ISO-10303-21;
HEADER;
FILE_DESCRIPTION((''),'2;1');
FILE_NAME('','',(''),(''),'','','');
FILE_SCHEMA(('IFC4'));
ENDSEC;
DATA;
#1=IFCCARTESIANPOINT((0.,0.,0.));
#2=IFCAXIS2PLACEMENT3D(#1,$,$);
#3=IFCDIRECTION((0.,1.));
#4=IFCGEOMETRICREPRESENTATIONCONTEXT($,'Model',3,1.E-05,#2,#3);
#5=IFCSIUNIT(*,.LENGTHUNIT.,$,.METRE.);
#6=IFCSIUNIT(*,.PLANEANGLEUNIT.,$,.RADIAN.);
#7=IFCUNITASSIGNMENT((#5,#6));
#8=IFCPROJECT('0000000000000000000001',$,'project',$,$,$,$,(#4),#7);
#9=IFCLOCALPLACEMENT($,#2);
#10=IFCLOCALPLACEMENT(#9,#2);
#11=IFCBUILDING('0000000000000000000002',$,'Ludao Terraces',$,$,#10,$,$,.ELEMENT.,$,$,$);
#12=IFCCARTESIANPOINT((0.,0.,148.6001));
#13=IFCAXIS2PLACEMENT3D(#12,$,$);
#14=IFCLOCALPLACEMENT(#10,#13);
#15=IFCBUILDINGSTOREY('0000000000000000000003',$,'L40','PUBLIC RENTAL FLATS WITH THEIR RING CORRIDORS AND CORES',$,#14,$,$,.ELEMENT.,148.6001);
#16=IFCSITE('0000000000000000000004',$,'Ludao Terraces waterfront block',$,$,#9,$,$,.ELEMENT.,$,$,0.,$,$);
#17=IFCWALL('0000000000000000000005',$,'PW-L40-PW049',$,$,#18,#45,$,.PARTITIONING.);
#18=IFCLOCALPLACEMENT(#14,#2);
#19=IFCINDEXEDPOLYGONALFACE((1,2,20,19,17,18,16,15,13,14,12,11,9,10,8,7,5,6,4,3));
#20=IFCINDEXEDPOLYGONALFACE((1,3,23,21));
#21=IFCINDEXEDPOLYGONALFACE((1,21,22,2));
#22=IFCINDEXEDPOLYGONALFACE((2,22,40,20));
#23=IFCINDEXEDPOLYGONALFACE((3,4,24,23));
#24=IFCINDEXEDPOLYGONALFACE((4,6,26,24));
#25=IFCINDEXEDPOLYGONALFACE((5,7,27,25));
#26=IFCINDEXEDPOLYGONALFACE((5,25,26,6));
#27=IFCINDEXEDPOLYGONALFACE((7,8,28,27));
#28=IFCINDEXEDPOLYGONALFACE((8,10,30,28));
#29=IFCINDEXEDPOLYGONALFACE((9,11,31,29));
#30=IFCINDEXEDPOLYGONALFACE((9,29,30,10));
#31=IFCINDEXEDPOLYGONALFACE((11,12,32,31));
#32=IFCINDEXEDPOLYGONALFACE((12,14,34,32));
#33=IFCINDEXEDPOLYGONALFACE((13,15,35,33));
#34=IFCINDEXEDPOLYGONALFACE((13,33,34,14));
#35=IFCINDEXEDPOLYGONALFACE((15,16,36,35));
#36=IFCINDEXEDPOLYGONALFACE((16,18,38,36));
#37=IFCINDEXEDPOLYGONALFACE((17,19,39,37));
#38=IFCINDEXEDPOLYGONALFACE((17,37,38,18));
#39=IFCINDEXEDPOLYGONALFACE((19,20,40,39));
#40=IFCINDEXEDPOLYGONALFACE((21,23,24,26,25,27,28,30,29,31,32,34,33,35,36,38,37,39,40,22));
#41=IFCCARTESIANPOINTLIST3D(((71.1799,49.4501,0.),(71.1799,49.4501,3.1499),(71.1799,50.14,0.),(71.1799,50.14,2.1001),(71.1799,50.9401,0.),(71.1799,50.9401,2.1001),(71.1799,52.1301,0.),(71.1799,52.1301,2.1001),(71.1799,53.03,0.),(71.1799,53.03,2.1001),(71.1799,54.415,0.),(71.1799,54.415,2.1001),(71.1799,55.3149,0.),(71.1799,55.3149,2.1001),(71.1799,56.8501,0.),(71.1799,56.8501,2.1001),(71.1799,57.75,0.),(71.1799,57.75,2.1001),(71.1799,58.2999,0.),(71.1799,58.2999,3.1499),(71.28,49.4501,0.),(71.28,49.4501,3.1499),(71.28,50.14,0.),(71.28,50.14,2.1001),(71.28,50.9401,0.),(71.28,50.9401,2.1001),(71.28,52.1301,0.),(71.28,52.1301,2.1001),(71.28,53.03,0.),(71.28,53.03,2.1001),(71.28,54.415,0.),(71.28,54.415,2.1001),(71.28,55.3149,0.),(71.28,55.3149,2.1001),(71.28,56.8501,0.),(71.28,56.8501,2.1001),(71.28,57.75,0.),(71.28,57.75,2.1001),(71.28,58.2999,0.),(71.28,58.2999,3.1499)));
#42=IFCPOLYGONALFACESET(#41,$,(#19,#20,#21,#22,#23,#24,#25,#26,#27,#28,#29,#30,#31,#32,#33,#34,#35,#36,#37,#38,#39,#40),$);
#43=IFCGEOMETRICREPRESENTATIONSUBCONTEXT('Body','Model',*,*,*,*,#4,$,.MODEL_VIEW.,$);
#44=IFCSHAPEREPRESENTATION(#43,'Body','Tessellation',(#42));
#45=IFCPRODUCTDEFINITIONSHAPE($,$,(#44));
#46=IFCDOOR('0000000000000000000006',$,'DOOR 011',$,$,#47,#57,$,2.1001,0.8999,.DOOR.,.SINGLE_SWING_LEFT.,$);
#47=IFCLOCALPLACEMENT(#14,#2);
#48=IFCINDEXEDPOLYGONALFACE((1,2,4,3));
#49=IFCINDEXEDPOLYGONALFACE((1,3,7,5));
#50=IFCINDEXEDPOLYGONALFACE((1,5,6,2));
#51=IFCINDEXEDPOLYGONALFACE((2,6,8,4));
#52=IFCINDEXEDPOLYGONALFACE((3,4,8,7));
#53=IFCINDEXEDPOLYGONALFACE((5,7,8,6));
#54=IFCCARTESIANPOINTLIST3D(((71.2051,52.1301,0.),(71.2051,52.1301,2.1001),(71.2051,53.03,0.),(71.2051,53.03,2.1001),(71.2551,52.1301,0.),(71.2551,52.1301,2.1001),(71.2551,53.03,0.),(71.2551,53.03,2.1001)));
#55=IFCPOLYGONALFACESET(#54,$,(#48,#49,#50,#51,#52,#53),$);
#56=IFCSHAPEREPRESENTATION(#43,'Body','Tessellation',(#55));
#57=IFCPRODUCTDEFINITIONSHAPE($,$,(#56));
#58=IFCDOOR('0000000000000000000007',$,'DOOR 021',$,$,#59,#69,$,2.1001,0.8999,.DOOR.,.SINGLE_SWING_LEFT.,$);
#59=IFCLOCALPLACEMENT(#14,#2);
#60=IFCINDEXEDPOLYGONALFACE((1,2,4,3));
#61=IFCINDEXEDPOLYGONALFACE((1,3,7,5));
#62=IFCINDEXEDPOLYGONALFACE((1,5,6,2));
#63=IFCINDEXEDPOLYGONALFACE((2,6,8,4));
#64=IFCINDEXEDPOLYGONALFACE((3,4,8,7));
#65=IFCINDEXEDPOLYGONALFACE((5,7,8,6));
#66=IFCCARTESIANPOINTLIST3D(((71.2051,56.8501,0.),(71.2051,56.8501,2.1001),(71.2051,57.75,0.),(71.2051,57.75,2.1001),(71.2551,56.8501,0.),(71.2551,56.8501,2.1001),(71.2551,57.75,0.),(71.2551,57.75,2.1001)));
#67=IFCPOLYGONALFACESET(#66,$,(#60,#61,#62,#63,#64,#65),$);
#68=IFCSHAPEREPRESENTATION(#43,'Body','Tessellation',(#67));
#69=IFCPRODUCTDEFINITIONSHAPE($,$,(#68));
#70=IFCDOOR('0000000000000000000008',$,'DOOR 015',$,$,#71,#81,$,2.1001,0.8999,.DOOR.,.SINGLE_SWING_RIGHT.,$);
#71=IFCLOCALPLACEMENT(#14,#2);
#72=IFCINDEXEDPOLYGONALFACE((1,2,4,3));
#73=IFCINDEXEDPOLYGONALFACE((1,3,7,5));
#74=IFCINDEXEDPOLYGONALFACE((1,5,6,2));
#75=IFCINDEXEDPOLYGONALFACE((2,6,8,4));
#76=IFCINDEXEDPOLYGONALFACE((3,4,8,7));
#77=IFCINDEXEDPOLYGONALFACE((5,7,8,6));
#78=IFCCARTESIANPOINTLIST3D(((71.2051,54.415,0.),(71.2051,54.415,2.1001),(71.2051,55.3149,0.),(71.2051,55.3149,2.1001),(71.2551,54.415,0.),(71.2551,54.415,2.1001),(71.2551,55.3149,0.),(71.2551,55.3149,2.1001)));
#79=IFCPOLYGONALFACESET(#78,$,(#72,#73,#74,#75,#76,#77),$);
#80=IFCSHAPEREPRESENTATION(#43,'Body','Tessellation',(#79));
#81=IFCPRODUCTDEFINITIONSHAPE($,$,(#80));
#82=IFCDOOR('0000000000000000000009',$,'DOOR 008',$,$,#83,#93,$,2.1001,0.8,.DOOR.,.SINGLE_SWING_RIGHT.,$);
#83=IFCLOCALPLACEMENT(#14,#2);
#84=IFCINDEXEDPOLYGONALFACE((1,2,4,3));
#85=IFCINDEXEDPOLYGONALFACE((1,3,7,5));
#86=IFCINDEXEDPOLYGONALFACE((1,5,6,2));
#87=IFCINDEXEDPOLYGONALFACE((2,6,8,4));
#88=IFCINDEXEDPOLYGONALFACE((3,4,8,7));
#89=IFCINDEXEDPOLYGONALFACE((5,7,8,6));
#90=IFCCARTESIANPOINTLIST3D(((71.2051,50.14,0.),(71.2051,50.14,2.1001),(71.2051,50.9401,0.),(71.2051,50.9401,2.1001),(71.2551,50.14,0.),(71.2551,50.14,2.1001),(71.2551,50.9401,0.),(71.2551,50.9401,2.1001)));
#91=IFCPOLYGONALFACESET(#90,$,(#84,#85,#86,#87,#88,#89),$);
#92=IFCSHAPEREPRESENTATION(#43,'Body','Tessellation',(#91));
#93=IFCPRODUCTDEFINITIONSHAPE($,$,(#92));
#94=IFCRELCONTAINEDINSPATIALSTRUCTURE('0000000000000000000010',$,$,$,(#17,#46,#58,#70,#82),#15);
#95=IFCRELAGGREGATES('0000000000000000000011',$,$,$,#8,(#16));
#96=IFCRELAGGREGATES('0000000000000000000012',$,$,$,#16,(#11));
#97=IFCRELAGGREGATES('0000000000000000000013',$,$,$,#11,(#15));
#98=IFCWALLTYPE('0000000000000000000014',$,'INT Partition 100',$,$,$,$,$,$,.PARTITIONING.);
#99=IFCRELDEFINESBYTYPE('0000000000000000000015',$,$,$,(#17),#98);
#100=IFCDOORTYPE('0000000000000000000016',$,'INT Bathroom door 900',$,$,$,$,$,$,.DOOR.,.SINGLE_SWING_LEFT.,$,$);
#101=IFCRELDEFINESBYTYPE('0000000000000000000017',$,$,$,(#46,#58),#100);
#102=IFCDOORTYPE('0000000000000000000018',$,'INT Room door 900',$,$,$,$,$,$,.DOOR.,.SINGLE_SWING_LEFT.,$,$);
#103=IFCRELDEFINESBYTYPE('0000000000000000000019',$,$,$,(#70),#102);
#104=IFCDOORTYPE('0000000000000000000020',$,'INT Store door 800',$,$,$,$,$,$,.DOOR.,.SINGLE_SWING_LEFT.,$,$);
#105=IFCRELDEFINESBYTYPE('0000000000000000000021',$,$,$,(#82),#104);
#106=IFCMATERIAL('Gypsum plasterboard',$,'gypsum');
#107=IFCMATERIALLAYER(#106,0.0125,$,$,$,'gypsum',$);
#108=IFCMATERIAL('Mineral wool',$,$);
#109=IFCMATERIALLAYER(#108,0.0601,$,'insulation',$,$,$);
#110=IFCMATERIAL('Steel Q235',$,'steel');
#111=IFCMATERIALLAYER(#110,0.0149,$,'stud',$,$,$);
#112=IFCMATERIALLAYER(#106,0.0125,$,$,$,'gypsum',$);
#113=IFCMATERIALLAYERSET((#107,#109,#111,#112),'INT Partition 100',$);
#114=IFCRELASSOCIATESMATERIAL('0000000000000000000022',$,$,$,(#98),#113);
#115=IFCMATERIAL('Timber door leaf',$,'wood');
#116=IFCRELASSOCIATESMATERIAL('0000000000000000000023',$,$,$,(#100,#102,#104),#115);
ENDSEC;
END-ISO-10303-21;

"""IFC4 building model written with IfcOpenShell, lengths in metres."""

from ifc_helpers import new_model, si_unit, direction, frame, frame_2d, origin, place, context, subcontext, project, spatial, rectangle, extrude, material, layer, layer_set, type_object, element, fill, save


model = new_model("IFC4")

# Units and contexts
model_context = context("Model", 3, precision=1e-05, world=origin(), true_north=direction((0.0, 1.0)))
body_context = subcontext(model_context, "Body", "Model", "MODEL_VIEW")
ifc_project = project(units=[si_unit("LENGTHUNIT", "METRE"), si_unit("PLANEANGLEUNIT", "RADIAN")], contexts=[model_context])

# Site, building, storey
site_placement = place(None, origin())
site = spatial("IfcSite", under=ifc_project, at=site_placement, Name="Ludao Terraces waterfront block", CompositionType="ELEMENT", RefElevation=0.0)
building_placement = place(site_placement, origin())
building = spatial("IfcBuilding", under=site, at=building_placement, Name="Ludao Terraces", CompositionType="ELEMENT")
storey_placement = place(building_placement, frame((0.0, 0.0, 148.6001)))
storey = spatial("IfcBuildingStorey", under=building, at=storey_placement, Name="L40", Description="PUBLIC RENTAL FLATS WITH THEIR RING CORRIDORS AND CORES", CompositionType="ELEMENT", Elevation=148.6001)

# Shared definitions
ifc_material_1 = material(Name="Timber door leaf", Category="wood")

# Shared definitions
ifc_material_2 = material(Name="Gypsum plasterboard", Category="gypsum")
ifc_layer_1 = layer(ifc_material_2, 0.0125, Category="gypsum")
ifc_material_3 = material(Name="Mineral wool")
ifc_layer_2 = layer(ifc_material_3, 0.0601, Name="insulation")
ifc_material_4 = material(Name="Steel Q235", Category="steel")
ifc_layer_3 = layer(ifc_material_4, 0.0149, Name="stud")
ifc_layer_4 = layer(ifc_material_2, 0.0125, Category="gypsum")
ifc_layer_set_1 = layer_set([ifc_layer_1, ifc_layer_2, ifc_layer_3, ifc_layer_4], Name="INT Partition 100")
wall_type_1 = type_object("IfcWallType", Name="INT Partition 100", PredefinedType="PARTITIONING", material=ifc_layer_set_1)

# Wall, openings, doors
wall_1_placement = place(storey_placement, frame((71.23, 49.4502, 0.0), z_axis=(0.0, 0.0, 1.0), x_axis=(0.0, 1.0, 0.0)))
wall_1 = element("IfcWall", 1, at=wall_1_placement, inside=storey, type_object=wall_type_1, Name="PW-L40-PW049", PredefinedType="PARTITIONING", context=body_context, shape_type="SweptSolid", body=[
    extrude(rectangle(XDim=8.8499, YDim=0.1001, at=frame_2d((4.4248, 0.0))), origin(), (0.0, 0.0, 1.0), 3.1499),
])
opening_1_placement = place(wall_1_placement, frame((0.6899, 0.0, 0.0)))
opening_1 = element("IfcOpeningElement", 2, at=opening_1_placement, cuts=wall_1, PredefinedType="OPENING", context=body_context, shape_type="SweptSolid", body=[
    extrude(rectangle(XDim=0.8, YDim=2.1001, at=frame_2d((0.3999, 1.05))), frame((0.0, 0.0601, 0.0), z_axis=(0.0, -1.0, 0.0), x_axis=(1.0, 0.0, 0.0)), (0.0, 0.0, 1.0), 0.1201),
])
opening_2_placement = place(wall_1_placement, frame((2.6799, 0.0, 0.0)))
opening_2 = element("IfcOpeningElement", 3, at=opening_2_placement, cuts=wall_1, PredefinedType="OPENING", context=body_context, shape_type="SweptSolid", body=[
    extrude(rectangle(XDim=0.8999, YDim=2.1001, at=frame_2d((0.45, 1.05))), frame((0.0, 0.0601, 0.0), z_axis=(0.0, -1.0, 0.0), x_axis=(1.0, 0.0, 0.0)), (0.0, 0.0, 1.0), 0.1201),
])
opening_3_placement = place(wall_1_placement, frame((4.9648, 0.0, 0.0)))
opening_3 = element("IfcOpeningElement", 4, at=opening_3_placement, cuts=wall_1, PredefinedType="OPENING", context=body_context, shape_type="SweptSolid", body=[
    extrude(rectangle(XDim=0.8999, YDim=2.1001, at=frame_2d((0.45, 1.05))), frame((0.0, 0.0601, 0.0), z_axis=(0.0, -1.0, 0.0), x_axis=(1.0, 0.0, 0.0)), (0.0, 0.0, 1.0), 0.1201),
])
opening_4_placement = place(wall_1_placement, frame((7.3999, 0.0, 0.0)))
opening_4 = element("IfcOpeningElement", 5, at=opening_4_placement, cuts=wall_1, PredefinedType="OPENING", context=body_context, shape_type="SweptSolid", body=[
    extrude(rectangle(XDim=0.8999, YDim=2.1001, at=frame_2d((0.45, 1.05))), frame((0.0, 0.0601, 0.0), z_axis=(0.0, -1.0, 0.0), x_axis=(1.0, 0.0, 0.0)), (0.0, 0.0, 1.0), 0.1201),
])
door_type_1 = type_object("IfcDoorType", Name="INT Bathroom door 900", OperationType="SINGLE_SWING_LEFT", PredefinedType="DOOR", material=ifc_material_1)
door_1_placement = place(opening_2_placement, origin())
door_1 = element("IfcDoor", 6, at=door_1_placement, inside=storey, type_object=door_type_1, Name="DOOR 011", OperationType="SINGLE_SWING_LEFT", OverallHeight=2.1001, OverallWidth=0.8999, PredefinedType="DOOR", context=body_context, shape_type="SweptSolid", body=[
    extrude(rectangle(XDim=0.8999, YDim=2.1001, at=frame_2d((0.45, 1.05))), frame((0.0, 0.0249, 0.0), z_axis=(0.0, -1.0, 0.0), x_axis=(1.0, 0.0, 0.0)), (0.0, 0.0, 1.0), 0.05),
])
fill(opening_2, door_1)
door_2_placement = place(opening_4_placement, origin())
door_2 = element("IfcDoor", 7, at=door_2_placement, inside=storey, type_object=door_type_1, Name="DOOR 021", OperationType="SINGLE_SWING_LEFT", OverallHeight=2.1001, OverallWidth=0.8999, PredefinedType="DOOR", context=body_context, shape_type="SweptSolid", body=[
    extrude(rectangle(XDim=0.8999, YDim=2.1001, at=frame_2d((0.45, 1.05))), frame((0.0, 0.0249, 0.0), z_axis=(0.0, -1.0, 0.0), x_axis=(1.0, 0.0, 0.0)), (0.0, 0.0, 1.0), 0.05),
])
fill(opening_4, door_2)
door_type_2 = type_object("IfcDoorType", Name="INT Room door 900", OperationType="SINGLE_SWING_LEFT", PredefinedType="DOOR", material=ifc_material_1)
door_3_placement = place(opening_3_placement, origin())
door_3 = element("IfcDoor", 8, at=door_3_placement, inside=storey, type_object=door_type_2, Name="DOOR 015", OperationType="SINGLE_SWING_RIGHT", OverallHeight=2.1001, OverallWidth=0.8999, PredefinedType="DOOR", context=body_context, shape_type="SweptSolid", body=[
    extrude(rectangle(XDim=0.8999, YDim=2.1001, at=frame_2d((0.45, 1.05))), frame((0.0, 0.0249, 0.0), z_axis=(0.0, -1.0, 0.0), x_axis=(1.0, 0.0, 0.0)), (0.0, 0.0, 1.0), 0.05),
])
fill(opening_3, door_3)
door_type_3 = type_object("IfcDoorType", Name="INT Store door 800", OperationType="SINGLE_SWING_LEFT", PredefinedType="DOOR", material=ifc_material_1)
door_4_placement = place(opening_1_placement, origin())
door_4 = element("IfcDoor", 9, at=door_4_placement, inside=storey, type_object=door_type_3, Name="DOOR 008", OperationType="SINGLE_SWING_RIGHT", OverallHeight=2.1001, OverallWidth=0.8, PredefinedType="DOOR", context=body_context, shape_type="SweptSolid", body=[
    extrude(rectangle(XDim=0.8, YDim=2.1001, at=frame_2d((0.3999, 1.05))), frame((0.0, 0.0249, 0.0), z_axis=(0.0, -1.0, 0.0), x_axis=(1.0, 0.0, 0.0)), (0.0, 0.0, 1.0), 0.05),
])
fill(opening_1, door_4)

save(model, "model.ifc")
